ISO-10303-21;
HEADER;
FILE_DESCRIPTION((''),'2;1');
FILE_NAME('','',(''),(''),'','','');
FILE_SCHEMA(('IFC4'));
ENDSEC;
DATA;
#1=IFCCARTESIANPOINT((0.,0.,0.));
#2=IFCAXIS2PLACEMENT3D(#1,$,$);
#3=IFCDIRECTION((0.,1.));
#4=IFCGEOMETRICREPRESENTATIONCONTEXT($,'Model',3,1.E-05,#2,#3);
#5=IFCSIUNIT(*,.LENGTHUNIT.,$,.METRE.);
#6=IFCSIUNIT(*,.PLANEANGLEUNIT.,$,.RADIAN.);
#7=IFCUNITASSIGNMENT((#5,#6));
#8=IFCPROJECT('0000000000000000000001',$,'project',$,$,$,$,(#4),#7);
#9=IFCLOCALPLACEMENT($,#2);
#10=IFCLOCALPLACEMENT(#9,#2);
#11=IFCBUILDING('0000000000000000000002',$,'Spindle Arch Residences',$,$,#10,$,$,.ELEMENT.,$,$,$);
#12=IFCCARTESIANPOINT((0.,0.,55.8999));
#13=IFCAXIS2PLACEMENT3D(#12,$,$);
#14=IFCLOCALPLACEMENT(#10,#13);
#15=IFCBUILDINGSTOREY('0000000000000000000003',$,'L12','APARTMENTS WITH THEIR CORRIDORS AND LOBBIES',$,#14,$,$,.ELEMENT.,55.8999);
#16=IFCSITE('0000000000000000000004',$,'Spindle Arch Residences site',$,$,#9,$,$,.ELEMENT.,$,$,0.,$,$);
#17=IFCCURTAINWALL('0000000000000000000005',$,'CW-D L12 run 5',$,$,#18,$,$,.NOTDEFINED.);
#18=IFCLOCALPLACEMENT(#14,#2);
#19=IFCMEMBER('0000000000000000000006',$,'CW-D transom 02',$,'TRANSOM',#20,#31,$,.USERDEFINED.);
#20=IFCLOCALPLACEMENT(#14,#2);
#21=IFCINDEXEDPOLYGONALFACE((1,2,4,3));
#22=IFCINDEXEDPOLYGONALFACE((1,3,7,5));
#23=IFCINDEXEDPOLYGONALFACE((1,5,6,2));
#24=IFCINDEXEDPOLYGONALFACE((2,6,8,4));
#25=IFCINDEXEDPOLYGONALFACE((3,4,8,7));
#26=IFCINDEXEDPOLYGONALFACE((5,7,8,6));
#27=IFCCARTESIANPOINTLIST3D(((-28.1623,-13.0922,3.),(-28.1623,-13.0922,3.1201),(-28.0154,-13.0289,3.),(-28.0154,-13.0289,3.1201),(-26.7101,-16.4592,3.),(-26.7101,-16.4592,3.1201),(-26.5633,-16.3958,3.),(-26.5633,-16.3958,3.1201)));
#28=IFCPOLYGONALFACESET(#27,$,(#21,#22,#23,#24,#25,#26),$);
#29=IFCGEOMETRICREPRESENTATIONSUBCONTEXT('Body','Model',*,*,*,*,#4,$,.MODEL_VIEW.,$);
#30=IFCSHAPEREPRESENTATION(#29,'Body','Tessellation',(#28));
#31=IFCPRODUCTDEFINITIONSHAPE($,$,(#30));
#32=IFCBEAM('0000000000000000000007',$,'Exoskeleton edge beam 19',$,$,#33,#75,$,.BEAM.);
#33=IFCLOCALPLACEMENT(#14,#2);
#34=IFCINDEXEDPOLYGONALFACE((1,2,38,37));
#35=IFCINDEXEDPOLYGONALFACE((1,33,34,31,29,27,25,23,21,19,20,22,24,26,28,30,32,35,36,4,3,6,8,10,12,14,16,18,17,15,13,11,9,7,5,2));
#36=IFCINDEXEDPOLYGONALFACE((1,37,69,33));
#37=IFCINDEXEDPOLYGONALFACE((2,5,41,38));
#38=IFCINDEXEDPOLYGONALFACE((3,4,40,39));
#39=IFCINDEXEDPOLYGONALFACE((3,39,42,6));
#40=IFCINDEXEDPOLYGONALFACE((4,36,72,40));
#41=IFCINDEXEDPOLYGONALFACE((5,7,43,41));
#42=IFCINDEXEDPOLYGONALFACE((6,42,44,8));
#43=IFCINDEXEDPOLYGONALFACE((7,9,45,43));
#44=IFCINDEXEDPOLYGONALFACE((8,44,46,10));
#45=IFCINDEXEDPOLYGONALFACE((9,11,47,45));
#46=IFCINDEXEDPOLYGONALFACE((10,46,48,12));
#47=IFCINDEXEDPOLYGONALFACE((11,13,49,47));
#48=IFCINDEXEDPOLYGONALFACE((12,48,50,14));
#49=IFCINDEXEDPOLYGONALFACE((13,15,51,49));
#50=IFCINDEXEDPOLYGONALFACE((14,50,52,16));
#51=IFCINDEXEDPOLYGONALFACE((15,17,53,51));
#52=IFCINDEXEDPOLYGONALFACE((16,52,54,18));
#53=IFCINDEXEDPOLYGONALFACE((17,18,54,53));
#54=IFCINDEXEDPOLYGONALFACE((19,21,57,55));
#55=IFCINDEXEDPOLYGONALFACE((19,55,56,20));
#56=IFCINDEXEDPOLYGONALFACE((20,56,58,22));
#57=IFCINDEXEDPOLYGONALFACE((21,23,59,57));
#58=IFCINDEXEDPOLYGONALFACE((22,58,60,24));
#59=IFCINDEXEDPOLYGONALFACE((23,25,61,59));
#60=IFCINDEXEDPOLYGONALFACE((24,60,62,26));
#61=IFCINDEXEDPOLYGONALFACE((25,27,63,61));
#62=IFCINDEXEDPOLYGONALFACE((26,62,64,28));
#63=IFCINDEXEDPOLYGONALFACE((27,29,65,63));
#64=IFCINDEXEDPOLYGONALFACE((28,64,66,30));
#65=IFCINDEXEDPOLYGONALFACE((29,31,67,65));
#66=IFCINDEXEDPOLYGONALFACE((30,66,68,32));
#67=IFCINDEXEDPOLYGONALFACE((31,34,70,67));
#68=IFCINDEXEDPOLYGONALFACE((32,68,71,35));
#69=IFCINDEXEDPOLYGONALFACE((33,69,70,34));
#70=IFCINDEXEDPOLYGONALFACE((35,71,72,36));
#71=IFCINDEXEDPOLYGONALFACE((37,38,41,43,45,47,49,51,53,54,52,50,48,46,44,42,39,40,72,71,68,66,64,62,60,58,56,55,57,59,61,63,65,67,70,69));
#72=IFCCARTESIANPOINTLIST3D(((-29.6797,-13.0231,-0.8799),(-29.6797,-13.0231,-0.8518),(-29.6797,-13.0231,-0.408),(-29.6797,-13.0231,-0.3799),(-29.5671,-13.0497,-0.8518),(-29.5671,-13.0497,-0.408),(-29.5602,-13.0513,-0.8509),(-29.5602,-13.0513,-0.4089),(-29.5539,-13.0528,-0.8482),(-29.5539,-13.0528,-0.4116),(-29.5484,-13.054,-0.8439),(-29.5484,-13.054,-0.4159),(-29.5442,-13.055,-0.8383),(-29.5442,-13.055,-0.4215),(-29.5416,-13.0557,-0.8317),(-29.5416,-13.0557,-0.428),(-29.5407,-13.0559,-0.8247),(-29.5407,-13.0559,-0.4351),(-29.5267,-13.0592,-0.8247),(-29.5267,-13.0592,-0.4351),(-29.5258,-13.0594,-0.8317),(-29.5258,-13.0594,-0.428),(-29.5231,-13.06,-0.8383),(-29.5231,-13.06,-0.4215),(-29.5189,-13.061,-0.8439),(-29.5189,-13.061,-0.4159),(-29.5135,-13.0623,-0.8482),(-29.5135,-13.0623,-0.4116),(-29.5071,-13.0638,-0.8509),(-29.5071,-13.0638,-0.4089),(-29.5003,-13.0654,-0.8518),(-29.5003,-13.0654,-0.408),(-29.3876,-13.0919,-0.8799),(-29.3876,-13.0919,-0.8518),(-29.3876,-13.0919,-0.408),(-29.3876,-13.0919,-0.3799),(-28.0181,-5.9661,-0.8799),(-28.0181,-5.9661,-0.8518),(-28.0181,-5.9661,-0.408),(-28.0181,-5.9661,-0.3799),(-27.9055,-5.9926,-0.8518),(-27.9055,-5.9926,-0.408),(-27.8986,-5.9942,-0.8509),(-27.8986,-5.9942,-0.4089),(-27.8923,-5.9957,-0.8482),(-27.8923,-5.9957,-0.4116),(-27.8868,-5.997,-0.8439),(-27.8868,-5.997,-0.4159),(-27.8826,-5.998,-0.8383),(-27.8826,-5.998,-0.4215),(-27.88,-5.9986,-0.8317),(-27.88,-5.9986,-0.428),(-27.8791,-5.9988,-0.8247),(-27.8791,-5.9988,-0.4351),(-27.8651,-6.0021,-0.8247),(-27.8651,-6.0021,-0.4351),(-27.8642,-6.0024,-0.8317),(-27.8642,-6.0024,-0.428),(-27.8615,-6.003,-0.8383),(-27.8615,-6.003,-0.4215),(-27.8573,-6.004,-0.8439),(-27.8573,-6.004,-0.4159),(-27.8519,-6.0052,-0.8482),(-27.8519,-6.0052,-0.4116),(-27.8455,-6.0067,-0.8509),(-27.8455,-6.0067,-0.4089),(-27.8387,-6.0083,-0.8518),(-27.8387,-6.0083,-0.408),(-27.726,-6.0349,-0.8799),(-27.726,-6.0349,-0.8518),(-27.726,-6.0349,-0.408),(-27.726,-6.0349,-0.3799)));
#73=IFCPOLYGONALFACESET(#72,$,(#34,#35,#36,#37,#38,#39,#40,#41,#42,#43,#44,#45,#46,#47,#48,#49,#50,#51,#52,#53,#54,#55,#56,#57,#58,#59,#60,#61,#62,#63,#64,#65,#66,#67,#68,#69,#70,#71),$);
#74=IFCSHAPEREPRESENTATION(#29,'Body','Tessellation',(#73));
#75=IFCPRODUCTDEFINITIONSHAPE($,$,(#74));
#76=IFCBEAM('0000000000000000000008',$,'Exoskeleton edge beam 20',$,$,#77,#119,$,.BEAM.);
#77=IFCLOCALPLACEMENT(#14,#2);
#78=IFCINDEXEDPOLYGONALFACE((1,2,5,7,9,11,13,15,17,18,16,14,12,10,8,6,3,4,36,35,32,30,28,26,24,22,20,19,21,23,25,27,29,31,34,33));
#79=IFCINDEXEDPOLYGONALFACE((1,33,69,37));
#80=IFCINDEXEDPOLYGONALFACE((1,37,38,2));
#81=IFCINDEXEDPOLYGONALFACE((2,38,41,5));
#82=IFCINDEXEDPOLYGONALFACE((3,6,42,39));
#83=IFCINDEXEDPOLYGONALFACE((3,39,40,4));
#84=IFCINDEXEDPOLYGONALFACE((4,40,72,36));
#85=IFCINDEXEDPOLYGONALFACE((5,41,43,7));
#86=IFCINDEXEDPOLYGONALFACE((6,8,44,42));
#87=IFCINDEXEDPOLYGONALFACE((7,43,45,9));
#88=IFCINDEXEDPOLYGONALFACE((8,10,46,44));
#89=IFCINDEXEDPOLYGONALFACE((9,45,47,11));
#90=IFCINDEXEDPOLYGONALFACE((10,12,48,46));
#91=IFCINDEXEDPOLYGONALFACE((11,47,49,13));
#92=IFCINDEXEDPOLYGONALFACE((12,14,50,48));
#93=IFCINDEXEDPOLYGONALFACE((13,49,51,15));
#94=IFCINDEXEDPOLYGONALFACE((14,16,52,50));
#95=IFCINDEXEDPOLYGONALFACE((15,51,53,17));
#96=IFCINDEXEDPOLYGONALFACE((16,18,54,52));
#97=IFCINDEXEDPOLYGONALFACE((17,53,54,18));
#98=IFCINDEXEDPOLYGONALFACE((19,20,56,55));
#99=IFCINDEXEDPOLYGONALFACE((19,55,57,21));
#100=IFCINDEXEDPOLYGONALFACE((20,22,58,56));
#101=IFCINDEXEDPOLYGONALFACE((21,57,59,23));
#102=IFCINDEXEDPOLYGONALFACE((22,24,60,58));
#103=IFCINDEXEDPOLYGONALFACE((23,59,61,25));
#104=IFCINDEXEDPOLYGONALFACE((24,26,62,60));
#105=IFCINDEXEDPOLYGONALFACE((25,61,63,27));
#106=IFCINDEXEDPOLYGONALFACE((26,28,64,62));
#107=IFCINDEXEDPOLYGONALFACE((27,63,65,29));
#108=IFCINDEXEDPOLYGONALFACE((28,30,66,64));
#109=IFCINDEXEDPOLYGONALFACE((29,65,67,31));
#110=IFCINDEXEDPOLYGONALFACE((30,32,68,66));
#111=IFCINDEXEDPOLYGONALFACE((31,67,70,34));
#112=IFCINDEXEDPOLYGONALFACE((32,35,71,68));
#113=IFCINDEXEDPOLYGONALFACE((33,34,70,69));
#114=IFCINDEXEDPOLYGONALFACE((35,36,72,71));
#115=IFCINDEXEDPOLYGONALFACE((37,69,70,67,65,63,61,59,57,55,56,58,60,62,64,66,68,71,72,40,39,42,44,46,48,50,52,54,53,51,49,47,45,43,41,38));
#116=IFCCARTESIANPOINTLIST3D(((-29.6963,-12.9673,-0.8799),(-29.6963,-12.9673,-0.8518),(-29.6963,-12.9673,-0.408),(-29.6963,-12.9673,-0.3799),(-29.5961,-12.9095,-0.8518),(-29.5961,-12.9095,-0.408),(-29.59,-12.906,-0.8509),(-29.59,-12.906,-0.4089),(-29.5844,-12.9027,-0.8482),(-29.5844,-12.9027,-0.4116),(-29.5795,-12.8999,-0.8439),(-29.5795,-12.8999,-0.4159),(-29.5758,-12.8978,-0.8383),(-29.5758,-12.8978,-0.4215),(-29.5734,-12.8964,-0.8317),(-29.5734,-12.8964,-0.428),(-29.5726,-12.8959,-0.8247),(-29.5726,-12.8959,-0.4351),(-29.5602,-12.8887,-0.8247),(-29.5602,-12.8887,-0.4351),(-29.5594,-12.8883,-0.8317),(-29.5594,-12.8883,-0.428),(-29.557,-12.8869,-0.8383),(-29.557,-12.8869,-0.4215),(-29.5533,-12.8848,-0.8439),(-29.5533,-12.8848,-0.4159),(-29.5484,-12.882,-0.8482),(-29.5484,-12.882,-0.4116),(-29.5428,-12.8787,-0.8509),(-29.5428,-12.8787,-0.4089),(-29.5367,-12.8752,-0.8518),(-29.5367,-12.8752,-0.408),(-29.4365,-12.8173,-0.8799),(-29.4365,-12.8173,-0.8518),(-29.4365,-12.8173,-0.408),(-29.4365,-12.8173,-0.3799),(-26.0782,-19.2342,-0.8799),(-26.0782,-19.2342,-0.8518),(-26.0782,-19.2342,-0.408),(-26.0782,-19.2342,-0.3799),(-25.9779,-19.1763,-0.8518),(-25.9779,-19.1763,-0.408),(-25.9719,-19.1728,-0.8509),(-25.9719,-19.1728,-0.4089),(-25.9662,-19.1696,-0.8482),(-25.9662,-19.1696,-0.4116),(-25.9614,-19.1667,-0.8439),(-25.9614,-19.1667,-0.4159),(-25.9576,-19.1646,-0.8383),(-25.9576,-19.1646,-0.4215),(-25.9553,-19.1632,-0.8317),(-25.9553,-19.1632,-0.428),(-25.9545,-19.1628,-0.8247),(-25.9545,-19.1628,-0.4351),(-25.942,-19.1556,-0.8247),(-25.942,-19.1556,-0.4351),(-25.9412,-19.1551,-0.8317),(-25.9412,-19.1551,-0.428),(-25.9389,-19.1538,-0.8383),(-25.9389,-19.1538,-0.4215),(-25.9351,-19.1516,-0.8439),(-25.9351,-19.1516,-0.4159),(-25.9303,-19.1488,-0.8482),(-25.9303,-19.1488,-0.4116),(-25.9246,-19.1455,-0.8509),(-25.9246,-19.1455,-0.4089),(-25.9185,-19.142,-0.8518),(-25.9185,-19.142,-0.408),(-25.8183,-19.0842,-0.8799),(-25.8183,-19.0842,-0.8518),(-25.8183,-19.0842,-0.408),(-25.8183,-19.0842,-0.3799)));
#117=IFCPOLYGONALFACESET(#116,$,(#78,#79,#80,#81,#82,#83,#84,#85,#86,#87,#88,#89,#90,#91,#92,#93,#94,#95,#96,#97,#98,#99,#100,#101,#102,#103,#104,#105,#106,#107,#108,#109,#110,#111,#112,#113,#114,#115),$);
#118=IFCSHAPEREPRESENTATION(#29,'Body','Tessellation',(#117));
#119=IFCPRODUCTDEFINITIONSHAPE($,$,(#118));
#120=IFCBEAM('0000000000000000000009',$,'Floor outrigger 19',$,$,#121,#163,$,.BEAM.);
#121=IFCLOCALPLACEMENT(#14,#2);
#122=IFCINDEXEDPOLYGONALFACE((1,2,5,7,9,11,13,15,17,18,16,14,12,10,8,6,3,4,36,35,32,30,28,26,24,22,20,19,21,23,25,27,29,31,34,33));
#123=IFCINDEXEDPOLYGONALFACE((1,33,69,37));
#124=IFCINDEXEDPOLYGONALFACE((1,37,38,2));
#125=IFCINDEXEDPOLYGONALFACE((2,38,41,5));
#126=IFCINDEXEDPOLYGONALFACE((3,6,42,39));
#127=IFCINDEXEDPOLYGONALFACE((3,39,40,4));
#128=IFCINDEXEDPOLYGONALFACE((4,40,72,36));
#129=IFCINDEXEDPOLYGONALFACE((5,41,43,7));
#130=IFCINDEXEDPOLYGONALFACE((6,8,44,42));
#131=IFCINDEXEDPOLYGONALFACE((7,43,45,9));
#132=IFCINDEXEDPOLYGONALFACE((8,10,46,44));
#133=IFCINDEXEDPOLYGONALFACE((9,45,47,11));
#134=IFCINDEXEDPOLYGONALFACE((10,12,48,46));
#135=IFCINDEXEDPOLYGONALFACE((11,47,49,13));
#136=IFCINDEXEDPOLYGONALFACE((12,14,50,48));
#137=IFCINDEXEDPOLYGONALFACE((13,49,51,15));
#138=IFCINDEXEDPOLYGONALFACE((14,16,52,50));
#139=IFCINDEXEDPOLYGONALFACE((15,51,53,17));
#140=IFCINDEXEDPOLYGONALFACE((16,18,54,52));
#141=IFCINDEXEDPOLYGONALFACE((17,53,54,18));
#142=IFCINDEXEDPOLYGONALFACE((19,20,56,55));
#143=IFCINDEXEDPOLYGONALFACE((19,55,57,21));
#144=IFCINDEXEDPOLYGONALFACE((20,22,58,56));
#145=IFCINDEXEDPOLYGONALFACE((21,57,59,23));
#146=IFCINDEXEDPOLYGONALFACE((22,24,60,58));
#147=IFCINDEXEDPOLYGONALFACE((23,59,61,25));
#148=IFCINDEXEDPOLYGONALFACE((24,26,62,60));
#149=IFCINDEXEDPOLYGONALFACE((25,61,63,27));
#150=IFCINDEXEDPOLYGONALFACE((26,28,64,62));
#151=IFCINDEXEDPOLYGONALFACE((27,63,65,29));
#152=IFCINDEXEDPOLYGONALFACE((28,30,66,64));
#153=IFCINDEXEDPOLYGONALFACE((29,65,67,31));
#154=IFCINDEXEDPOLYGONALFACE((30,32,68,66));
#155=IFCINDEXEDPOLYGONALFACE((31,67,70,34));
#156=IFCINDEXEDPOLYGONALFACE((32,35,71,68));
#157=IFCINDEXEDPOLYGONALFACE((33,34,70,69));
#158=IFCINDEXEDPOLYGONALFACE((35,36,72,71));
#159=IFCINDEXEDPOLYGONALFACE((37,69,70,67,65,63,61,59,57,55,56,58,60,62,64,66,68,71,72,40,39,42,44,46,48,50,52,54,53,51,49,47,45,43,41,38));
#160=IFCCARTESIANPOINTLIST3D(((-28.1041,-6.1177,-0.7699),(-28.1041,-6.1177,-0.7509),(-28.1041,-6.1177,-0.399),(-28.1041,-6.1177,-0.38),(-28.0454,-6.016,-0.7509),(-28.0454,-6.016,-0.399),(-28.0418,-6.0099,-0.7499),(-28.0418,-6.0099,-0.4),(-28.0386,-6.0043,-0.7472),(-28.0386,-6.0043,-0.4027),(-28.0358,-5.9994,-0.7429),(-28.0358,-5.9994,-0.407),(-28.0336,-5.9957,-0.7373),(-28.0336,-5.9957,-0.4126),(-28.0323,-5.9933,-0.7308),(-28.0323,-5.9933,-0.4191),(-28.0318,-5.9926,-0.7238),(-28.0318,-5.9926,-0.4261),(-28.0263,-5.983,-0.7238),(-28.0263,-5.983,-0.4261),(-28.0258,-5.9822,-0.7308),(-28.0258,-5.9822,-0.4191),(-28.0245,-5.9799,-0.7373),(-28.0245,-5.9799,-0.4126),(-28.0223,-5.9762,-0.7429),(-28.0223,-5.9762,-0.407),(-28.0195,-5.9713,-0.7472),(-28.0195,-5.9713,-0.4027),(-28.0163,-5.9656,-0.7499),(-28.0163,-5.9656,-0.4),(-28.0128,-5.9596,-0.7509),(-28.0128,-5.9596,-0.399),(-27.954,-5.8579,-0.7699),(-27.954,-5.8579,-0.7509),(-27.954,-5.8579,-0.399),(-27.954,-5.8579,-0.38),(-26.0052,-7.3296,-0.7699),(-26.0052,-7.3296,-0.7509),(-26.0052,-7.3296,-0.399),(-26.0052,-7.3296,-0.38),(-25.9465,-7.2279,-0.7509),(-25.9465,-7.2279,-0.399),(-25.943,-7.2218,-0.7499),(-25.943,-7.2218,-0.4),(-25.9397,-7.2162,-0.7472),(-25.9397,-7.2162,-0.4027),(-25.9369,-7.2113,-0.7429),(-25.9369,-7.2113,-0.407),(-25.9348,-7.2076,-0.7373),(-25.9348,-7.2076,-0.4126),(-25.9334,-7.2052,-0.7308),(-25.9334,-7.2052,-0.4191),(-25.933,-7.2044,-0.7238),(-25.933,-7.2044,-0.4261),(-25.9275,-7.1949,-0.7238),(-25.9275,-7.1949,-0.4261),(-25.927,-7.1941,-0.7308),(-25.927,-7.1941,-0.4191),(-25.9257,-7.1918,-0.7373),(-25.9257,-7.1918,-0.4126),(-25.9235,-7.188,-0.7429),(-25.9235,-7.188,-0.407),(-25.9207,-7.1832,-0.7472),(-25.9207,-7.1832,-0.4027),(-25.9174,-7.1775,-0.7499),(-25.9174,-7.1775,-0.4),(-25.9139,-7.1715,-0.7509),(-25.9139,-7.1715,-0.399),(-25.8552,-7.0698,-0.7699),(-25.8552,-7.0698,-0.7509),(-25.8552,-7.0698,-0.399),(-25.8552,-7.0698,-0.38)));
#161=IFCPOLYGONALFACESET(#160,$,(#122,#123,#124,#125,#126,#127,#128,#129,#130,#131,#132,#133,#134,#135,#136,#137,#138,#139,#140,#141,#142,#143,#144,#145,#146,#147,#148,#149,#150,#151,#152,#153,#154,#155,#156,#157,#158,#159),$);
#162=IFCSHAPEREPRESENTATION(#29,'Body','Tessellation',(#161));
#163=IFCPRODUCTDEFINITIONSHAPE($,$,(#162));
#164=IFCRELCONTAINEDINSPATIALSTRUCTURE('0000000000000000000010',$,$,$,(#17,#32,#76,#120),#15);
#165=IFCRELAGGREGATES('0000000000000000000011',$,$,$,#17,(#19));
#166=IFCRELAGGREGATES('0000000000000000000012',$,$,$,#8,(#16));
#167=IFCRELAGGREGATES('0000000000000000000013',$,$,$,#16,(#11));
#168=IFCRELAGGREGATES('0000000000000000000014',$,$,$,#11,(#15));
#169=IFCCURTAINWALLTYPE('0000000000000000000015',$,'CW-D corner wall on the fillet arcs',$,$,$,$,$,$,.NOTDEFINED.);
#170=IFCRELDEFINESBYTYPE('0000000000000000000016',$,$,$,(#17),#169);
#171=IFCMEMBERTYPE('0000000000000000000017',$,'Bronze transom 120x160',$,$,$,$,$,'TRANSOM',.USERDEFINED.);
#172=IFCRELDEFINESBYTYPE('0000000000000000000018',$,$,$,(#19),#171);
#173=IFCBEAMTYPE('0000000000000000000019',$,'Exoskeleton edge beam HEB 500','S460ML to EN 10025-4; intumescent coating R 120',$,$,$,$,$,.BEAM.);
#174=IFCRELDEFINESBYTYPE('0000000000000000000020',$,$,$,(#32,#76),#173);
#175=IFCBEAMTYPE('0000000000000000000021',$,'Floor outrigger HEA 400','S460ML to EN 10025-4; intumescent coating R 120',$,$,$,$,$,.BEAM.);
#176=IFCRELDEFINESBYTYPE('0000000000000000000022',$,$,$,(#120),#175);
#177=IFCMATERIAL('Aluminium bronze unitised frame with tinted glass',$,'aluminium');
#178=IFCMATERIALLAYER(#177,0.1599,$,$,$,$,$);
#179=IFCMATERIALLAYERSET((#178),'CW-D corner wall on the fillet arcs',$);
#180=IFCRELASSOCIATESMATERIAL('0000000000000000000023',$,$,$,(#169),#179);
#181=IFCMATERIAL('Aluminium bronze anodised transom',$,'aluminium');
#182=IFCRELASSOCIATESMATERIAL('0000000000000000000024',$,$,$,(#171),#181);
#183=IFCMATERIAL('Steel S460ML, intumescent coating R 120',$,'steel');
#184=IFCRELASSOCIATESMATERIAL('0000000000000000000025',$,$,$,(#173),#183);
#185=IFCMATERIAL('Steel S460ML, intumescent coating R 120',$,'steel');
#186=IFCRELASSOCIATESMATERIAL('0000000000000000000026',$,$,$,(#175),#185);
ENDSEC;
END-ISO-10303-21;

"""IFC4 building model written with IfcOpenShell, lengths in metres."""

from ifc_helpers import new_model, si_unit, direction, frame, origin, origin_2d, place, context, subcontext, project, spatial, rectangle, i_section, extrude, material, layer, layer_set, material_profile, profile_set, type_object, element, aggregate, save


model = new_model("IFC4")

# Units and contexts
model_context = context("Model", 3, precision=1e-05, world=origin(), true_north=direction((0.0, 1.0)))
body_context = subcontext(model_context, "Body", "Model", "MODEL_VIEW")
ifc_project = project(units=[si_unit("LENGTHUNIT", "METRE"), si_unit("PLANEANGLEUNIT", "RADIAN")], contexts=[model_context])

# Site, building, storey
site_placement = place(None, origin())
site = spatial("IfcSite", under=ifc_project, at=site_placement, Name="Spindle Arch Residences site", CompositionType="ELEMENT", RefElevation=0.0)
building_placement = place(site_placement, origin())
building = spatial("IfcBuilding", under=site, at=building_placement, Name="Spindle Arch Residences", CompositionType="ELEMENT")
storey_placement = place(building_placement, frame((0.0, 0.0, 55.8999)))
storey = spatial("IfcBuildingStorey", under=building, at=storey_placement, Name="L12", Description="APARTMENTS WITH THEIR CORRIDORS AND LOBBIES", CompositionType="ELEMENT", Elevation=55.8999)

# Curtain wall, member
ifc_material_1 = material(Name="Aluminium bronze unitised frame with tinted glass", Category="aluminium")
ifc_layer_1 = layer(ifc_material_1, 0.1599)
ifc_layer_set_1 = layer_set([ifc_layer_1], Name="CW-D corner wall on the fillet arcs")
curtain_wall_type_1 = type_object("IfcCurtainWallType", Name="CW-D corner wall on the fillet arcs", PredefinedType="NOTDEFINED", material=ifc_layer_set_1)
curtain_wall_1_placement = place(storey_placement, origin())
curtain_wall_1 = element("IfcCurtainWall", 1, at=curtain_wall_1_placement, inside=storey, type_object=curtain_wall_type_1, Name="CW-D L12 run 5", PredefinedType="NOTDEFINED")
ifc_material_2 = material(Name="Aluminium bronze anodised transom", Category="aluminium")
ifc_material_profile_1 = material_profile(ifc_material_2, rectangle(XDim=0.1599, YDim=0.1201, at=origin_2d()), Name="TR 120x160")
ifc_profile_set_1 = profile_set([ifc_material_profile_1], Name="Aluminium bronze anodised transom")
member_type_1 = type_object("IfcMemberType", Name="Bronze transom 120x160", ElementType="TRANSOM", PredefinedType="USERDEFINED", material=ifc_profile_set_1)
member_1_placement = place(storey_placement, frame((-28.0889, -13.0605, 3.0601), z_axis=(0.396032, -0.918237, 0.0), x_axis=(0.918237, 0.396032, 0.0)))
member_1 = element("IfcMember", 2, at=member_1_placement, type_object=member_type_1, Name="CW-D transom 02", ObjectType="TRANSOM", PredefinedType="USERDEFINED", context=body_context, shape_type="SweptSolid", body=[
    extrude(rectangle(XDim=0.1599, YDim=0.1201, at=origin_2d()), origin(), (0.0, 0.0, 1.0), 3.6667),
])

# Beams
ifc_material_3 = material(Name="Steel S460ML, intumescent coating R 120", Category="steel")
ifc_material_profile_2 = material_profile(ifc_material_3, i_section(OverallWidth=0.3, OverallDepth=0.5, WebThickness=0.0144, FlangeThickness=0.0281, FilletRadius=0.0271, at=origin_2d()), Name="HEB 500")
ifc_profile_set_2 = profile_set([ifc_material_profile_2], Name="Steel S460ML, intumescent coating R 120")
beam_type_1 = type_object("IfcBeamType", Name="Exoskeleton edge beam HEB 500", Description="S460ML to EN 10025-4; intumescent coating R 120", PredefinedType="BEAM", material=ifc_profile_set_2)
beam_1_placement = place(storey_placement, frame((-27.8721, -6.0005, -0.6299), z_axis=(-0.229186, -0.973383, 0.0), x_axis=(0.973383, -0.229186, 0.0)))
element("IfcBeam", 3, at=beam_1_placement, inside=storey, type_object=beam_type_1, Name="Exoskeleton edge beam 19", PredefinedType="BEAM", context=body_context, shape_type="SweptSolid", body=[
    extrude(i_section(OverallWidth=0.3, OverallDepth=0.5, WebThickness=0.0144, FlangeThickness=0.0281, FilletRadius=0.0271, at=origin_2d()), origin(), (0.0, 0.0, 1.0), 7.25),
])
beam_2_placement = place(storey_placement, frame((-29.5664, -12.8923, -0.6299), z_axis=(0.5, -0.866025, 0.0), x_axis=(0.866025, 0.5, 0.0)))
element("IfcBeam", 4, at=beam_2_placement, inside=storey, type_object=beam_type_1, Name="Exoskeleton edge beam 20", PredefinedType="BEAM", context=body_context, shape_type="SweptSolid", body=[
    extrude(i_section(OverallWidth=0.3, OverallDepth=0.5, WebThickness=0.0144, FlangeThickness=0.0281, FilletRadius=0.0271, at=origin_2d()), origin(), (0.0, 0.0, 1.0), 7.2363),
])
ifc_material_4 = material(Name="Steel S460ML, intumescent coating R 120", Category="steel")
ifc_material_profile_3 = material_profile(ifc_material_4, i_section(OverallWidth=0.3, OverallDepth=0.3899, WebThickness=0.011, FlangeThickness=0.019, FilletRadius=0.0271, at=origin_2d()), Name="HEA 400")
ifc_profile_set_3 = profile_set([ifc_material_profile_3], Name="Steel S460ML, intumescent coating R 120")
beam_type_2 = type_object("IfcBeamType", Name="Floor outrigger HEA 400", Description="S460ML to EN 10025-4; intumescent coating R 120", PredefinedType="BEAM", material=ifc_profile_set_3)
beam_3_placement = place(storey_placement, frame((-28.0291, -5.9878, -0.575), z_axis=(0.866003, -0.500039, 0.0), x_axis=(0.500039, 0.866003, 0.0)))
element("IfcBeam", 5, at=beam_3_placement, inside=storey, type_object=beam_type_2, Name="Floor outrigger 19", PredefinedType="BEAM", context=body_context, shape_type="SweptSolid", body=[
    extrude(i_section(OverallWidth=0.3, OverallDepth=0.3899, WebThickness=0.011, FlangeThickness=0.019, FilletRadius=0.0271, at=origin_2d()), origin(), (0.0, 0.0, 1.0), 2.4236),
])

aggregate(curtain_wall_1, [member_1])

save(model, "model.ifc")
